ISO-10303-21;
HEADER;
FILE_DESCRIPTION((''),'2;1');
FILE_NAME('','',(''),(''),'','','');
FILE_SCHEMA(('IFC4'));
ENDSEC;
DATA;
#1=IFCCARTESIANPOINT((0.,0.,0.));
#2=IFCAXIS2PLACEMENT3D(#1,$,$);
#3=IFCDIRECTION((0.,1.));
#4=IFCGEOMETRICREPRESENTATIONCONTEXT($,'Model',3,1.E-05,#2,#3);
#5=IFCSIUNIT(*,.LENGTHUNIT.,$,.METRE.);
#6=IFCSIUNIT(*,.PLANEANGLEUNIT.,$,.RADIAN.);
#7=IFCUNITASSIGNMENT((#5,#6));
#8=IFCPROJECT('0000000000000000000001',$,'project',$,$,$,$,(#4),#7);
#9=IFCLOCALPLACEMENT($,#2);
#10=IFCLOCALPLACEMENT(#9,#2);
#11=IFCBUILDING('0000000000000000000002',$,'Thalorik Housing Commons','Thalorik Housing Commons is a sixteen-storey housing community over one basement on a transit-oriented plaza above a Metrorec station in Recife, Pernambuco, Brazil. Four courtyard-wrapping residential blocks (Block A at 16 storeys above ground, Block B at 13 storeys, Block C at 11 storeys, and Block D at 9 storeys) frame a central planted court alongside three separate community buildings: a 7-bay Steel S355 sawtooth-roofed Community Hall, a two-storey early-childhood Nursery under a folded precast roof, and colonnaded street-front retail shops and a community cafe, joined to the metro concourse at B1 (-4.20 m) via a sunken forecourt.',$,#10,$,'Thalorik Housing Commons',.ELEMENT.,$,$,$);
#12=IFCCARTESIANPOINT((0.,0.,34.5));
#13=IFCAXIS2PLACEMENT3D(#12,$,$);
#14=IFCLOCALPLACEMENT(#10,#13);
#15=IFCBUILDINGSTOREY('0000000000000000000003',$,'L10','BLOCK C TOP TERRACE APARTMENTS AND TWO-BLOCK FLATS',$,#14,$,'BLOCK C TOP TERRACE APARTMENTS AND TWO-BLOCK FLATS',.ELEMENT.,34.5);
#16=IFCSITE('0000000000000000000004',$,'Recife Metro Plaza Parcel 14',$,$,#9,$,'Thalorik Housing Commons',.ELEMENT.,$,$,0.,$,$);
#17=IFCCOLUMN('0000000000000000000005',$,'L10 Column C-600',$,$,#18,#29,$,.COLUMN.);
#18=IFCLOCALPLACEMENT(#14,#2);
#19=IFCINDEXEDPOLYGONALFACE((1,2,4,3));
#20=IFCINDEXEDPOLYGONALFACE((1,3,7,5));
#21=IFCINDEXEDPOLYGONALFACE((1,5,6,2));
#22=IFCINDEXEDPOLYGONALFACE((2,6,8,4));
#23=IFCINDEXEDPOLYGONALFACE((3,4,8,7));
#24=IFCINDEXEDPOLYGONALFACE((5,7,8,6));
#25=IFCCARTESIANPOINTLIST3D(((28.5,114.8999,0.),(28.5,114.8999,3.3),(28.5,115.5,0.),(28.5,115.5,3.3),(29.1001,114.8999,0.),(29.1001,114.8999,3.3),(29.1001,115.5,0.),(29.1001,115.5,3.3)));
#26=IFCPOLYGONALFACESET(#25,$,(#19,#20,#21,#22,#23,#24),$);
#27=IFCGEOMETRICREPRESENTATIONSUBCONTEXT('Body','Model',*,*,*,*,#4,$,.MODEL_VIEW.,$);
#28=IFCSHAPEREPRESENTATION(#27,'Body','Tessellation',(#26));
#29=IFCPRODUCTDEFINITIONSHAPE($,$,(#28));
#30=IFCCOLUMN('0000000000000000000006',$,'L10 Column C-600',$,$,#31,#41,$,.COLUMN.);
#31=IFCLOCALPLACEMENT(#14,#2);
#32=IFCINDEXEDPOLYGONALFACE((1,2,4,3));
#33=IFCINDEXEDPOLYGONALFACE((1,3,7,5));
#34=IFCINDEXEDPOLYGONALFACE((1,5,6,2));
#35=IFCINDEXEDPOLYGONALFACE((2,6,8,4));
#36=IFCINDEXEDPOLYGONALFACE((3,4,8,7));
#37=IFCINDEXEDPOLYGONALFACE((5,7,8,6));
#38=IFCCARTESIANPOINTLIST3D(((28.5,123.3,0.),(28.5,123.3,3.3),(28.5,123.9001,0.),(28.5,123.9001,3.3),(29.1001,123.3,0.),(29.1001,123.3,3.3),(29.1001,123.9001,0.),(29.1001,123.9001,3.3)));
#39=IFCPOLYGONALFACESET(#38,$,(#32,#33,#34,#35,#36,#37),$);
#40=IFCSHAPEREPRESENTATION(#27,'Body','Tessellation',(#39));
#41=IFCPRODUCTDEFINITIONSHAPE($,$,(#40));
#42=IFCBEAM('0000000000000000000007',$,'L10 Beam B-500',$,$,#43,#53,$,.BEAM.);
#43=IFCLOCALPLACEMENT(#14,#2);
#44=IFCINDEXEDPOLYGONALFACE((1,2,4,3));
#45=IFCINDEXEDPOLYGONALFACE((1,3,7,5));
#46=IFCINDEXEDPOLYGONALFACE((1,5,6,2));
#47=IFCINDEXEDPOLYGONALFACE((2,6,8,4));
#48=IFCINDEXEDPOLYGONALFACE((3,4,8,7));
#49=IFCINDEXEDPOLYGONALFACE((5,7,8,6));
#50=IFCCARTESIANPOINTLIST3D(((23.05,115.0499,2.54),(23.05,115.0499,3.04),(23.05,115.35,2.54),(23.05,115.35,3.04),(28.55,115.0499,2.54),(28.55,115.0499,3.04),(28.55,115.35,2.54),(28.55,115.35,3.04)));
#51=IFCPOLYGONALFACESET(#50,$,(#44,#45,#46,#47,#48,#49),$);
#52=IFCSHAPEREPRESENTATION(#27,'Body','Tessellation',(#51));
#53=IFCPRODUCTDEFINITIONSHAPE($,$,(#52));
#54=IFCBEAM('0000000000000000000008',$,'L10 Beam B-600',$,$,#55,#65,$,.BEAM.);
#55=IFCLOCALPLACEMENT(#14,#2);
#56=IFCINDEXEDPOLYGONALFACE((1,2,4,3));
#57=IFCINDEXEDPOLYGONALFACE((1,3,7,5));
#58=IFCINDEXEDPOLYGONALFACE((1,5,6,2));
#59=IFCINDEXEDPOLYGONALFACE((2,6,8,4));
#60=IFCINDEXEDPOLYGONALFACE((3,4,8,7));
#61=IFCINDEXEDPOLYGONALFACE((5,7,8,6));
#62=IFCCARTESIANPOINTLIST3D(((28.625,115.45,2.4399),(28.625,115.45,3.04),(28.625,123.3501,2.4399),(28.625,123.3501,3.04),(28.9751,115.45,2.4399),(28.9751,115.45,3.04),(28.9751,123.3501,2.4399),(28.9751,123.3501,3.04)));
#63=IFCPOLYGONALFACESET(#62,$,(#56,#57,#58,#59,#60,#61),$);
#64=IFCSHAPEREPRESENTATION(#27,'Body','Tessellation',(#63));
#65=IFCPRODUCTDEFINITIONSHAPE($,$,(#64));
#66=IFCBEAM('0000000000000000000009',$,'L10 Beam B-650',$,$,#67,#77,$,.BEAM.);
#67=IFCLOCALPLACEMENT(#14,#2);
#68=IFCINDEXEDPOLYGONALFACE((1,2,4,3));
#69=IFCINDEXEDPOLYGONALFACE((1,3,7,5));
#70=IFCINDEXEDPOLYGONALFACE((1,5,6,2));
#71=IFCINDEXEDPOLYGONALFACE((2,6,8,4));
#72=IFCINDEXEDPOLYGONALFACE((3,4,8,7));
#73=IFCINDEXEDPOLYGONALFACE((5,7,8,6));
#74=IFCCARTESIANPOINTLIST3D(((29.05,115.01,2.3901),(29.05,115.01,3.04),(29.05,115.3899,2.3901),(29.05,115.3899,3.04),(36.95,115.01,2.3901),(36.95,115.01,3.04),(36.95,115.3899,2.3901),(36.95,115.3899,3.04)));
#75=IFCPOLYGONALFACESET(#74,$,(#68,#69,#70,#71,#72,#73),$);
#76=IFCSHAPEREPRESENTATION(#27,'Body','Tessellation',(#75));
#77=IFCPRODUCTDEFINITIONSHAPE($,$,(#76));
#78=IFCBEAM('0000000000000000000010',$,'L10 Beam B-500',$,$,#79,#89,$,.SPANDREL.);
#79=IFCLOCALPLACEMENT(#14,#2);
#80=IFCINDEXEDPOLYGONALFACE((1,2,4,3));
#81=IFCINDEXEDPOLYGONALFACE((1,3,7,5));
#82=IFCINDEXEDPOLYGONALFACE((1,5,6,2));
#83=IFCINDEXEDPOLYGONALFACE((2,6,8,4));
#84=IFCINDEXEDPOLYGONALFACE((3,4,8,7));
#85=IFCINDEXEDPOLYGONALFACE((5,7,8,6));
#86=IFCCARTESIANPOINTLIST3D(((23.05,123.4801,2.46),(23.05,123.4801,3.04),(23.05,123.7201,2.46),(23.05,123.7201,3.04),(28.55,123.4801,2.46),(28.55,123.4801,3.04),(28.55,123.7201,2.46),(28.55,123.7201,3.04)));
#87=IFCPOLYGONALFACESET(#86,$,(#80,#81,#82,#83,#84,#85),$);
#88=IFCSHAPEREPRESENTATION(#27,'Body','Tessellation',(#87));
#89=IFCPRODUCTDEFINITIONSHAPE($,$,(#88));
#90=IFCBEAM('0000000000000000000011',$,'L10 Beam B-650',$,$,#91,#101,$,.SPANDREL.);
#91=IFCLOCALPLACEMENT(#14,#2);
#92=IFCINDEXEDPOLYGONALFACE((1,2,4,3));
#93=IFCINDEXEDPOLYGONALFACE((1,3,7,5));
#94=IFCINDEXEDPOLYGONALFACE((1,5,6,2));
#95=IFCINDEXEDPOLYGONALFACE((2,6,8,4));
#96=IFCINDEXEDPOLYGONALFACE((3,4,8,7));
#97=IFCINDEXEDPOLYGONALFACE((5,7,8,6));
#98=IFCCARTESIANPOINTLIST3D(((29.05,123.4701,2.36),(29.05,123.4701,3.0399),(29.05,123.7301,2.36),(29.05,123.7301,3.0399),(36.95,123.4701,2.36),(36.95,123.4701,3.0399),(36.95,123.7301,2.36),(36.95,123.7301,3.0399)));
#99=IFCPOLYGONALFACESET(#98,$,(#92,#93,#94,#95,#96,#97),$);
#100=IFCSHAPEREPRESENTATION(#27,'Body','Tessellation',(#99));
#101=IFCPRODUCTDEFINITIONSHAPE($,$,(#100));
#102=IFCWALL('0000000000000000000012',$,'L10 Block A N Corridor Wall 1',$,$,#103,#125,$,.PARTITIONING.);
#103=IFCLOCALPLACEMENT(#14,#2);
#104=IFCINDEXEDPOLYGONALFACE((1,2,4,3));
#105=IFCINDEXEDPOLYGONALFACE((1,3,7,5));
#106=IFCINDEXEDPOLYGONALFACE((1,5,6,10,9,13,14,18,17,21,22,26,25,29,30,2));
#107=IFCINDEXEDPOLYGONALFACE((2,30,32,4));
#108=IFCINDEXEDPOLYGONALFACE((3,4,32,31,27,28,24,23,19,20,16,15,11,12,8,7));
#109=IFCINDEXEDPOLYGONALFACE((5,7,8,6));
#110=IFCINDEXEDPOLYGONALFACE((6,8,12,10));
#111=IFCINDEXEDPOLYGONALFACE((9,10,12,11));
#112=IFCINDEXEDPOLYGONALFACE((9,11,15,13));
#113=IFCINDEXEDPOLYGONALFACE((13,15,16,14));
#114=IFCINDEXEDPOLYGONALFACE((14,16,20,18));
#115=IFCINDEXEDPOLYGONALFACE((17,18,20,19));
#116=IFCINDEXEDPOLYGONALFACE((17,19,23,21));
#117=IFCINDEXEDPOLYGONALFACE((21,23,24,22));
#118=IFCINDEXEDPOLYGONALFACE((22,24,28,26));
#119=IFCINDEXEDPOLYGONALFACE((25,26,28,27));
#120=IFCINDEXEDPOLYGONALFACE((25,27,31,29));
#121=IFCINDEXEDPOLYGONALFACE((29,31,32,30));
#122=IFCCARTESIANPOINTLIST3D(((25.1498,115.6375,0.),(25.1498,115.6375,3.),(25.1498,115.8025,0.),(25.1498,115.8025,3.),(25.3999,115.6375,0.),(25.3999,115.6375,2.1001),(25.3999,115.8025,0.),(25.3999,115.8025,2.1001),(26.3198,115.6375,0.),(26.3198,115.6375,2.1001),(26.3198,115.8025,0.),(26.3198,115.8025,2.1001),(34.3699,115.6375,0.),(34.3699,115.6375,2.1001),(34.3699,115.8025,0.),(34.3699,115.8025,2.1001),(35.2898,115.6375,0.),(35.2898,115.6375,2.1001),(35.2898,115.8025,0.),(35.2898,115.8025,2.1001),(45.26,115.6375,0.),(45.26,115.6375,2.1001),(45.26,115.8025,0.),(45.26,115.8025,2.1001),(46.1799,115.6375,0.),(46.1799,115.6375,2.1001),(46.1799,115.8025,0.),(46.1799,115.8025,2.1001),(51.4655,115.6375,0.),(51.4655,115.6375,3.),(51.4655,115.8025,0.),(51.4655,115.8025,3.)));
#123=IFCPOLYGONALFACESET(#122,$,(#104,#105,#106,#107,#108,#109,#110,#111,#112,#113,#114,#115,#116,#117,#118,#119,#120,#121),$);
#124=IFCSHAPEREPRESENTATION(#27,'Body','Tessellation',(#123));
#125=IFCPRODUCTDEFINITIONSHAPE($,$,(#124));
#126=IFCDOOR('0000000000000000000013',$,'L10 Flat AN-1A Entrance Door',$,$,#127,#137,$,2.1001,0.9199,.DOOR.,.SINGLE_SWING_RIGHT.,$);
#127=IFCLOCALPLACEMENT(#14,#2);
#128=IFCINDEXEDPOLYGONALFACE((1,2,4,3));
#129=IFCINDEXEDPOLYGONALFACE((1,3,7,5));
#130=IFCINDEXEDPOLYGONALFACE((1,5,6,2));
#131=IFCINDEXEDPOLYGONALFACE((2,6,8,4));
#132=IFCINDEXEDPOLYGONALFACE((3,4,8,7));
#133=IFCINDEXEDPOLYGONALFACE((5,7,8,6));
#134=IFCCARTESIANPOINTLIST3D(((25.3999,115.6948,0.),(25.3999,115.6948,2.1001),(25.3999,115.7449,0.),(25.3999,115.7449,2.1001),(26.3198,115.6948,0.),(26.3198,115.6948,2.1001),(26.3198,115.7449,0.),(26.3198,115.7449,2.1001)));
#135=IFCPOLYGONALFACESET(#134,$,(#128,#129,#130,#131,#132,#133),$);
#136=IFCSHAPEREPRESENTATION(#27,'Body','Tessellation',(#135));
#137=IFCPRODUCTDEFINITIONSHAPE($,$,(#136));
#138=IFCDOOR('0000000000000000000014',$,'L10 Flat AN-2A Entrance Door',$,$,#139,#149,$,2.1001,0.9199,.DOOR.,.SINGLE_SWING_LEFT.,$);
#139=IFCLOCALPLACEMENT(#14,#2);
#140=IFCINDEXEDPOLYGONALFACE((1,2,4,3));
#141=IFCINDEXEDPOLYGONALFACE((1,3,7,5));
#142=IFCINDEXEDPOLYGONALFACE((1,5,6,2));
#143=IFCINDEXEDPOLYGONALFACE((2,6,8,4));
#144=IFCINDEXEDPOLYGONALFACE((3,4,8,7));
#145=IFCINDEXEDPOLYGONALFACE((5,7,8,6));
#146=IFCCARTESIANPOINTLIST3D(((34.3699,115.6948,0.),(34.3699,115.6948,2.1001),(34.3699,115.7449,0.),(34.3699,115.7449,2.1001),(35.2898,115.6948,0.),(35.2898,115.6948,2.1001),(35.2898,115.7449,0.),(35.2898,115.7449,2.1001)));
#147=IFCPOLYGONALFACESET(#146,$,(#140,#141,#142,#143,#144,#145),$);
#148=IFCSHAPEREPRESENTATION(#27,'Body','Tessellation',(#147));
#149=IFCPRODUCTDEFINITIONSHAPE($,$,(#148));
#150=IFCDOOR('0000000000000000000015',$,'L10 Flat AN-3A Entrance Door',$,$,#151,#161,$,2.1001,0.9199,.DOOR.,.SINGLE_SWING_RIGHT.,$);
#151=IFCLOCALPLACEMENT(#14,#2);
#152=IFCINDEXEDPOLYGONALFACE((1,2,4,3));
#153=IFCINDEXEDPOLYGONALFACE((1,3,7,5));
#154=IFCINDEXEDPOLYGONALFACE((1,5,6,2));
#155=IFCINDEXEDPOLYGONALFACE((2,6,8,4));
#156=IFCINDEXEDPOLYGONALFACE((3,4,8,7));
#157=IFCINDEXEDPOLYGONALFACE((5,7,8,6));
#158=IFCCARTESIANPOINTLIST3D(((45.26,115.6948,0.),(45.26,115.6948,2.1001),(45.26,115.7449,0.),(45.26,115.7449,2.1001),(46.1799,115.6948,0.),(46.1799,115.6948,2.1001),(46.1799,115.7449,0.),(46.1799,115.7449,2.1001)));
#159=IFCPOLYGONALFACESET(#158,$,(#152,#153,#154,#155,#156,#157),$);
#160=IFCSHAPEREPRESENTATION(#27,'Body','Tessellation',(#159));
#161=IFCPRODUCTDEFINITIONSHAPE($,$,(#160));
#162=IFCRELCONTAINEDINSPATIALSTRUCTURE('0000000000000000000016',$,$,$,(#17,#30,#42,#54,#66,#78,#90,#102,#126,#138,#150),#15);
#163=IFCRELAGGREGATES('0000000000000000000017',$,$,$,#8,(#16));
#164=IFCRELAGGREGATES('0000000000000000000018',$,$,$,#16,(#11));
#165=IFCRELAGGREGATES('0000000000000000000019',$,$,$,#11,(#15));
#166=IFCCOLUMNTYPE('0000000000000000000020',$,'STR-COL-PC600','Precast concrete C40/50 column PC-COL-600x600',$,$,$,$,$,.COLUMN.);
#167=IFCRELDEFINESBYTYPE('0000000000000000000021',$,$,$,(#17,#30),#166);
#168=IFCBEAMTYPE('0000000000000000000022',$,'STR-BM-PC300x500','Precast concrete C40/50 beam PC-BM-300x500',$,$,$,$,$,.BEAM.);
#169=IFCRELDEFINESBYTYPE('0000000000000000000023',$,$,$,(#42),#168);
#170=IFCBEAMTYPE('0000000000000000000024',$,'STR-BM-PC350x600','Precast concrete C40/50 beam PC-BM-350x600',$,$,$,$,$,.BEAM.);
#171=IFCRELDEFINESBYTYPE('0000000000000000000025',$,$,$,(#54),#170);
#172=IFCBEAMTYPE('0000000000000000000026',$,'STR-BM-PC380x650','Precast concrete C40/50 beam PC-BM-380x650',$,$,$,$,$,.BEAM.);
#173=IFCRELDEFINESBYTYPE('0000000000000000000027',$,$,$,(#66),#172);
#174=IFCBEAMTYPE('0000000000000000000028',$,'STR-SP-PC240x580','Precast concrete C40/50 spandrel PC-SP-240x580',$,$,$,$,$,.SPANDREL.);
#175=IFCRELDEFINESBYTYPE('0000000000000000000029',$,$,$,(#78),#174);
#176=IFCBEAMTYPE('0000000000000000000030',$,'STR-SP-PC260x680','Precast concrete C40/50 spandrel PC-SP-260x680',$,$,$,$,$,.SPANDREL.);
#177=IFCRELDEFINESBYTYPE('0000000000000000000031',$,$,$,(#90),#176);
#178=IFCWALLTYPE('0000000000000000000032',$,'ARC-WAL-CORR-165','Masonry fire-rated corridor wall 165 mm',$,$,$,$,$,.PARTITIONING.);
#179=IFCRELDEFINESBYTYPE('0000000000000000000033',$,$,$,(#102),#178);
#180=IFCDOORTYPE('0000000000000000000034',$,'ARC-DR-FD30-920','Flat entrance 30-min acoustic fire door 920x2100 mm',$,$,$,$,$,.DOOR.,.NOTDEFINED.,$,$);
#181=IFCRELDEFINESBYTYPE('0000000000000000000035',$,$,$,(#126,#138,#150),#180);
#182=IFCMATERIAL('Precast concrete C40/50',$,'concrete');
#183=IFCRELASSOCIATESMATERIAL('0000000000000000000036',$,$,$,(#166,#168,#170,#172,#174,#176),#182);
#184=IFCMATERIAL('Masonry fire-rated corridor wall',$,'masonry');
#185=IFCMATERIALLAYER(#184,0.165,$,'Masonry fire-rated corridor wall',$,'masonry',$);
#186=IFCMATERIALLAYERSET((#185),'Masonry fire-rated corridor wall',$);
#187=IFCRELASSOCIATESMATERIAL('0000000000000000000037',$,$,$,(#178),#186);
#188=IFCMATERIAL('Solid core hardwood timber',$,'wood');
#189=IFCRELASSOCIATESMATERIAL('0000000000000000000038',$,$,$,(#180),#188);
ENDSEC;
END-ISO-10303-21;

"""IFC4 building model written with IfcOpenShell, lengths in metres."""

from ifc_helpers import new_model, si_unit, direction, frame, frame_2d, origin, origin_2d, place, context, subcontext, project, spatial, rectangle, extrude, material, layer, layer_set, material_profile, profile_set, type_object, element, fill, save


model = new_model("IFC4")

# Units and contexts
model_context = context("Model", 3, precision=1e-05, world=origin(), true_north=direction((0.0, 1.0)))
body_context = subcontext(model_context, "Body", "Model", "MODEL_VIEW")
ifc_project = project(units=[si_unit("LENGTHUNIT", "METRE"), si_unit("PLANEANGLEUNIT", "RADIAN")], contexts=[model_context])

# Site, building, storey
site_placement = place(None, origin())
site = spatial("IfcSite", under=ifc_project, at=site_placement, Name="Recife Metro Plaza Parcel 14", LongName="Thalorik Housing Commons", CompositionType="ELEMENT", RefElevation=0.0)
building_placement = place(site_placement, origin())
building = spatial("IfcBuilding", under=site, at=building_placement, Name="Thalorik Housing Commons", Description="Thalorik Housing Commons is a sixteen-storey housing community over one basement on a transit-oriented plaza above a Metrorec station in Recife, Pernambuco, Brazil. Four courtyard-wrapping residential blocks (Block A at 16 storeys above ground, Block B at 13 storeys, Block C at 11 storeys, and Block D at 9 storeys) frame a central planted court alongside three separate community buildings: a 7-bay Steel S355 sawtooth-roofed Community Hall, a two-storey early-childhood Nursery under a folded precast roof, and colonnaded street-front retail shops and a community cafe, joined to the metro concourse at B1 (-4.20 m) via a sunken forecourt.", LongName="Thalorik Housing Commons", CompositionType="ELEMENT")
storey_placement = place(building_placement, frame((0.0, 0.0, 34.5)))
storey = spatial("IfcBuildingStorey", under=building, at=storey_placement, Name="L10", Description="BLOCK C TOP TERRACE APARTMENTS AND TWO-BLOCK FLATS", LongName="BLOCK C TOP TERRACE APARTMENTS AND TWO-BLOCK FLATS", CompositionType="ELEMENT", Elevation=34.5)

# Columns
ifc_material_1 = material(Name="Precast concrete C40/50", Category="concrete")
ifc_material_profile_1 = material_profile(ifc_material_1, rectangle(XDim=0.6001, YDim=0.6001, at=origin_2d()), Name="PC 600x600", Category="concrete")
ifc_profile_set_1 = profile_set([ifc_material_profile_1], Name="Precast concrete C40/50")
column_type = type_object("IfcColumnType", Name="STR-COL-PC600", Description="Precast concrete C40/50 column PC-COL-600x600", PredefinedType="COLUMN", material=ifc_profile_set_1)
for number, where, z_axis, x_axis, name in (
    (1, (28.8, 115.2, 0.0), (0.0, 0.0, 1.0), (1.0, 0.0, 0.0), "L10 Column C-600"),
    (2, (28.8, 123.6001, 0.0), (0.0, 0.0, 1.0), (1.0, 0.0, 0.0), "L10 Column C-600"),
):
    element("IfcColumn", number, at=place(storey_placement, frame(where, z_axis=z_axis, x_axis=x_axis)), inside=storey, type_object=column_type, Name=name, PredefinedType="COLUMN", context=body_context, shape_type="SweptSolid", body=[
        extrude(rectangle(XDim=0.6001, YDim=0.6001, at=origin_2d()), origin(), (0.0, 0.0, 1.0), 3.3),
    ])

# Beams
ifc_material_profile_2 = material_profile(ifc_material_1, rectangle(XDim=0.3, YDim=0.5, at=origin_2d()), Name="PC 300x500", Category="concrete")
ifc_profile_set_2 = profile_set([ifc_material_profile_2], Name="Precast concrete C40/50")
beam_type_1 = type_object("IfcBeamType", Name="STR-BM-PC300x500", Description="Precast concrete C40/50 beam PC-BM-300x500", PredefinedType="BEAM", material=ifc_profile_set_2)
beam_1_placement = place(storey_placement, frame((23.05, 115.2, 2.79), z_axis=(1.0, 0.0, 0.0), x_axis=(0.0, 1.0, 0.0)))
element("IfcBeam", 3, at=beam_1_placement, inside=storey, type_object=beam_type_1, Name="L10 Beam B-500", PredefinedType="BEAM", context=body_context, shape_type="SweptSolid", body=[
    extrude(rectangle(XDim=0.3, YDim=0.5, at=origin_2d()), origin(), (0.0, 0.0, 1.0), 5.5),
])
ifc_material_profile_3 = material_profile(ifc_material_1, rectangle(XDim=0.3501, YDim=0.6001, at=origin_2d()), Name="PC 350x600", Category="concrete")
ifc_profile_set_3 = profile_set([ifc_material_profile_3], Name="Precast concrete C40/50")
beam_type_2 = type_object("IfcBeamType", Name="STR-BM-PC350x600", Description="Precast concrete C40/50 beam PC-BM-350x600", PredefinedType="BEAM", material=ifc_profile_set_3)
beam_2_placement = place(storey_placement, frame((28.8, 115.45, 2.74), z_axis=(0.0, 1.0, 0.0), x_axis=(-1.0, 0.0, 0.0)))
element("IfcBeam", 4, at=beam_2_placement, inside=storey, type_object=beam_type_2, Name="L10 Beam B-600", PredefinedType="BEAM", context=body_context, shape_type="SweptSolid", body=[
    extrude(rectangle(XDim=0.3501, YDim=0.6001, at=origin_2d()), origin(), (0.0, 0.0, 1.0), 7.9001),
])
ifc_material_profile_4 = material_profile(ifc_material_1, rectangle(XDim=0.3799, YDim=0.6499, at=origin_2d()), Name="PC 380x650", Category="concrete")
ifc_profile_set_4 = profile_set([ifc_material_profile_4], Name="Precast concrete C40/50")
beam_type_3 = type_object("IfcBeamType", Name="STR-BM-PC380x650", Description="Precast concrete C40/50 beam PC-BM-380x650", PredefinedType="BEAM", material=ifc_profile_set_4)
beam_3_placement = place(storey_placement, frame((29.05, 115.2, 2.7151), z_axis=(1.0, 0.0, 0.0), x_axis=(0.0, 1.0, 0.0)))
element("IfcBeam", 5, at=beam_3_placement, inside=storey, type_object=beam_type_3, Name="L10 Beam B-650", PredefinedType="BEAM", context=body_context, shape_type="SweptSolid", body=[
    extrude(rectangle(XDim=0.3799, YDim=0.6499, at=origin_2d()), origin(), (0.0, 0.0, 1.0), 7.8999),
])
ifc_material_profile_5 = material_profile(ifc_material_1, rectangle(XDim=0.24, YDim=0.5801, at=origin_2d()), Name="PC SP 240x580", Category="concrete")
ifc_profile_set_5 = profile_set([ifc_material_profile_5], Name="Precast concrete C40/50")
beam_type_4 = type_object("IfcBeamType", Name="STR-SP-PC240x580", Description="Precast concrete C40/50 spandrel PC-SP-240x580", PredefinedType="SPANDREL", material=ifc_profile_set_5)
beam_4_placement = place(storey_placement, frame((23.05, 123.6001, 2.75), z_axis=(1.0, 0.0, 0.0), x_axis=(0.0, 1.0, 0.0)))
element("IfcBeam", 6, at=beam_4_placement, inside=storey, type_object=beam_type_4, Name="L10 Beam B-500", PredefinedType="SPANDREL", context=body_context, shape_type="SweptSolid", body=[
    extrude(rectangle(XDim=0.24, YDim=0.5801, at=origin_2d()), origin(), (0.0, 0.0, 1.0), 5.5),
])
ifc_material_profile_6 = material_profile(ifc_material_1, rectangle(XDim=0.26, YDim=0.6799, at=origin_2d()), Name="PC SP 260x680", Category="concrete")
ifc_profile_set_6 = profile_set([ifc_material_profile_6], Name="Precast concrete C40/50")
beam_type_5 = type_object("IfcBeamType", Name="STR-SP-PC260x680", Description="Precast concrete C40/50 spandrel PC-SP-260x680", PredefinedType="SPANDREL", material=ifc_profile_set_6)
beam_5_placement = place(storey_placement, frame((29.05, 123.6001, 2.7), z_axis=(1.0, 0.0, 0.0), x_axis=(0.0, 1.0, 0.0)))
element("IfcBeam", 7, at=beam_5_placement, inside=storey, type_object=beam_type_5, Name="L10 Beam B-650", PredefinedType="SPANDREL", context=body_context, shape_type="SweptSolid", body=[
    extrude(rectangle(XDim=0.26, YDim=0.6799, at=origin_2d()), origin(), (0.0, 0.0, 1.0), 7.8999),
])

# Wall, openings, doors
ifc_material_2 = material(Name="Masonry fire-rated corridor wall", Category="masonry")
ifc_layer_1 = layer(ifc_material_2, 0.165, Name="Masonry fire-rated corridor wall", Category="masonry")
ifc_layer_set_1 = layer_set([ifc_layer_1], Name="Masonry fire-rated corridor wall")
wall_type_1 = type_object("IfcWallType", Name="ARC-WAL-CORR-165", Description="Masonry fire-rated corridor wall 165 mm", PredefinedType="PARTITIONING", material=ifc_layer_set_1)
wall_1_placement = place(storey_placement, frame((25.1499, 115.72, 0.0), z_axis=(0.0, 0.0, 1.0), x_axis=(1.0, 0.0, 0.0)))
wall_1 = element("IfcWall", 8, at=wall_1_placement, inside=storey, type_object=wall_type_1, Name="L10 Block A N Corridor Wall 1", PredefinedType="PARTITIONING", context=body_context, shape_type="SweptSolid", body=[
    extrude(rectangle(XDim=26.3157, YDim=0.165, at=frame_2d((13.1577, 0.0))), origin(), (0.0, 0.0, 1.0), 3.0),
])
opening_1_placement = place(wall_1_placement, frame((0.25, 0.0, 0.0)))
opening_1 = element("IfcOpeningElement", 9, at=opening_1_placement, cuts=wall_1, PredefinedType="OPENING", context=body_context, shape_type="SweptSolid", body=[
    extrude(rectangle(XDim=0.9199, YDim=2.1001, at=frame_2d((0.46, 1.05))), frame((0.0, 0.0925, 0.0), z_axis=(0.0, -1.0, 0.0), x_axis=(1.0, 0.0, 0.0)), (0.0, 0.0, 1.0), 0.1851),
])
opening_2_placement = place(wall_1_placement, frame((9.22, 0.0, 0.0)))
opening_2 = element("IfcOpeningElement", 10, at=opening_2_placement, cuts=wall_1, PredefinedType="OPENING", context=body_context, shape_type="SweptSolid", body=[
    extrude(rectangle(XDim=0.9199, YDim=2.1001, at=frame_2d((0.46, 1.05))), frame((0.0, 0.0925, 0.0), z_axis=(0.0, -1.0, 0.0), x_axis=(1.0, 0.0, 0.0)), (0.0, 0.0, 1.0), 0.1851),
])
opening_3_placement = place(wall_1_placement, frame((20.1101, 0.0, 0.0)))
opening_3 = element("IfcOpeningElement", 11, at=opening_3_placement, cuts=wall_1, PredefinedType="OPENING", context=body_context, shape_type="SweptSolid", body=[
    extrude(rectangle(XDim=0.9199, YDim=2.1001, at=frame_2d((0.46, 1.05))), frame((0.0, 0.0925, 0.0), z_axis=(0.0, -1.0, 0.0), x_axis=(1.0, 0.0, 0.0)), (0.0, 0.0, 1.0), 0.1851),
])
ifc_material_3 = material(Name="Solid core hardwood timber", Category="wood")
door_type_1 = type_object("IfcDoorType", Name="ARC-DR-FD30-920", Description="Flat entrance 30-min acoustic fire door 920x2100 mm", OperationType="NOTDEFINED", PredefinedType="DOOR", material=ifc_material_3)
door_1_placement = place(opening_1_placement, origin())
door_1 = element("IfcDoor", 12, at=door_1_placement, inside=storey, type_object=door_type_1, Name="L10 Flat AN-1A Entrance Door", OperationType="SINGLE_SWING_RIGHT", OverallHeight=2.1001, OverallWidth=0.9199, PredefinedType="DOOR", context=body_context, shape_type="SweptSolid", body=[
    extrude(rectangle(XDim=0.9199, YDim=2.1001, at=frame_2d((0.46, 1.05))), frame((0.0, 0.0249, 0.0), z_axis=(0.0, -1.0, 0.0), x_axis=(1.0, 0.0, 0.0)), (0.0, 0.0, 1.0), 0.05),
])
fill(opening_1, door_1)
door_2_placement = place(opening_2_placement, origin())
door_2 = element("IfcDoor", 13, at=door_2_placement, inside=storey, type_object=door_type_1, Name="L10 Flat AN-2A Entrance Door", OperationType="SINGLE_SWING_LEFT", OverallHeight=2.1001, OverallWidth=0.9199, PredefinedType="DOOR", context=body_context, shape_type="SweptSolid", body=[
    extrude(rectangle(XDim=0.9199, YDim=2.1001, at=frame_2d((0.46, 1.05))), frame((0.0, 0.0249, 0.0), z_axis=(0.0, -1.0, 0.0), x_axis=(1.0, 0.0, 0.0)), (0.0, 0.0, 1.0), 0.05),
])
fill(opening_2, door_2)
door_3_placement = place(opening_3_placement, origin())
door_3 = element("IfcDoor", 14, at=door_3_placement, inside=storey, type_object=door_type_1, Name="L10 Flat AN-3A Entrance Door", OperationType="SINGLE_SWING_RIGHT", OverallHeight=2.1001, OverallWidth=0.9199, PredefinedType="DOOR", context=body_context, shape_type="SweptSolid", body=[
    extrude(rectangle(XDim=0.9199, YDim=2.1001, at=frame_2d((0.46, 1.05))), frame((0.0, 0.0249, 0.0), z_axis=(0.0, -1.0, 0.0), x_axis=(1.0, 0.0, 0.0)), (0.0, 0.0, 1.0), 0.05),
])
fill(opening_3, door_3)

save(model, "model.ifc")
